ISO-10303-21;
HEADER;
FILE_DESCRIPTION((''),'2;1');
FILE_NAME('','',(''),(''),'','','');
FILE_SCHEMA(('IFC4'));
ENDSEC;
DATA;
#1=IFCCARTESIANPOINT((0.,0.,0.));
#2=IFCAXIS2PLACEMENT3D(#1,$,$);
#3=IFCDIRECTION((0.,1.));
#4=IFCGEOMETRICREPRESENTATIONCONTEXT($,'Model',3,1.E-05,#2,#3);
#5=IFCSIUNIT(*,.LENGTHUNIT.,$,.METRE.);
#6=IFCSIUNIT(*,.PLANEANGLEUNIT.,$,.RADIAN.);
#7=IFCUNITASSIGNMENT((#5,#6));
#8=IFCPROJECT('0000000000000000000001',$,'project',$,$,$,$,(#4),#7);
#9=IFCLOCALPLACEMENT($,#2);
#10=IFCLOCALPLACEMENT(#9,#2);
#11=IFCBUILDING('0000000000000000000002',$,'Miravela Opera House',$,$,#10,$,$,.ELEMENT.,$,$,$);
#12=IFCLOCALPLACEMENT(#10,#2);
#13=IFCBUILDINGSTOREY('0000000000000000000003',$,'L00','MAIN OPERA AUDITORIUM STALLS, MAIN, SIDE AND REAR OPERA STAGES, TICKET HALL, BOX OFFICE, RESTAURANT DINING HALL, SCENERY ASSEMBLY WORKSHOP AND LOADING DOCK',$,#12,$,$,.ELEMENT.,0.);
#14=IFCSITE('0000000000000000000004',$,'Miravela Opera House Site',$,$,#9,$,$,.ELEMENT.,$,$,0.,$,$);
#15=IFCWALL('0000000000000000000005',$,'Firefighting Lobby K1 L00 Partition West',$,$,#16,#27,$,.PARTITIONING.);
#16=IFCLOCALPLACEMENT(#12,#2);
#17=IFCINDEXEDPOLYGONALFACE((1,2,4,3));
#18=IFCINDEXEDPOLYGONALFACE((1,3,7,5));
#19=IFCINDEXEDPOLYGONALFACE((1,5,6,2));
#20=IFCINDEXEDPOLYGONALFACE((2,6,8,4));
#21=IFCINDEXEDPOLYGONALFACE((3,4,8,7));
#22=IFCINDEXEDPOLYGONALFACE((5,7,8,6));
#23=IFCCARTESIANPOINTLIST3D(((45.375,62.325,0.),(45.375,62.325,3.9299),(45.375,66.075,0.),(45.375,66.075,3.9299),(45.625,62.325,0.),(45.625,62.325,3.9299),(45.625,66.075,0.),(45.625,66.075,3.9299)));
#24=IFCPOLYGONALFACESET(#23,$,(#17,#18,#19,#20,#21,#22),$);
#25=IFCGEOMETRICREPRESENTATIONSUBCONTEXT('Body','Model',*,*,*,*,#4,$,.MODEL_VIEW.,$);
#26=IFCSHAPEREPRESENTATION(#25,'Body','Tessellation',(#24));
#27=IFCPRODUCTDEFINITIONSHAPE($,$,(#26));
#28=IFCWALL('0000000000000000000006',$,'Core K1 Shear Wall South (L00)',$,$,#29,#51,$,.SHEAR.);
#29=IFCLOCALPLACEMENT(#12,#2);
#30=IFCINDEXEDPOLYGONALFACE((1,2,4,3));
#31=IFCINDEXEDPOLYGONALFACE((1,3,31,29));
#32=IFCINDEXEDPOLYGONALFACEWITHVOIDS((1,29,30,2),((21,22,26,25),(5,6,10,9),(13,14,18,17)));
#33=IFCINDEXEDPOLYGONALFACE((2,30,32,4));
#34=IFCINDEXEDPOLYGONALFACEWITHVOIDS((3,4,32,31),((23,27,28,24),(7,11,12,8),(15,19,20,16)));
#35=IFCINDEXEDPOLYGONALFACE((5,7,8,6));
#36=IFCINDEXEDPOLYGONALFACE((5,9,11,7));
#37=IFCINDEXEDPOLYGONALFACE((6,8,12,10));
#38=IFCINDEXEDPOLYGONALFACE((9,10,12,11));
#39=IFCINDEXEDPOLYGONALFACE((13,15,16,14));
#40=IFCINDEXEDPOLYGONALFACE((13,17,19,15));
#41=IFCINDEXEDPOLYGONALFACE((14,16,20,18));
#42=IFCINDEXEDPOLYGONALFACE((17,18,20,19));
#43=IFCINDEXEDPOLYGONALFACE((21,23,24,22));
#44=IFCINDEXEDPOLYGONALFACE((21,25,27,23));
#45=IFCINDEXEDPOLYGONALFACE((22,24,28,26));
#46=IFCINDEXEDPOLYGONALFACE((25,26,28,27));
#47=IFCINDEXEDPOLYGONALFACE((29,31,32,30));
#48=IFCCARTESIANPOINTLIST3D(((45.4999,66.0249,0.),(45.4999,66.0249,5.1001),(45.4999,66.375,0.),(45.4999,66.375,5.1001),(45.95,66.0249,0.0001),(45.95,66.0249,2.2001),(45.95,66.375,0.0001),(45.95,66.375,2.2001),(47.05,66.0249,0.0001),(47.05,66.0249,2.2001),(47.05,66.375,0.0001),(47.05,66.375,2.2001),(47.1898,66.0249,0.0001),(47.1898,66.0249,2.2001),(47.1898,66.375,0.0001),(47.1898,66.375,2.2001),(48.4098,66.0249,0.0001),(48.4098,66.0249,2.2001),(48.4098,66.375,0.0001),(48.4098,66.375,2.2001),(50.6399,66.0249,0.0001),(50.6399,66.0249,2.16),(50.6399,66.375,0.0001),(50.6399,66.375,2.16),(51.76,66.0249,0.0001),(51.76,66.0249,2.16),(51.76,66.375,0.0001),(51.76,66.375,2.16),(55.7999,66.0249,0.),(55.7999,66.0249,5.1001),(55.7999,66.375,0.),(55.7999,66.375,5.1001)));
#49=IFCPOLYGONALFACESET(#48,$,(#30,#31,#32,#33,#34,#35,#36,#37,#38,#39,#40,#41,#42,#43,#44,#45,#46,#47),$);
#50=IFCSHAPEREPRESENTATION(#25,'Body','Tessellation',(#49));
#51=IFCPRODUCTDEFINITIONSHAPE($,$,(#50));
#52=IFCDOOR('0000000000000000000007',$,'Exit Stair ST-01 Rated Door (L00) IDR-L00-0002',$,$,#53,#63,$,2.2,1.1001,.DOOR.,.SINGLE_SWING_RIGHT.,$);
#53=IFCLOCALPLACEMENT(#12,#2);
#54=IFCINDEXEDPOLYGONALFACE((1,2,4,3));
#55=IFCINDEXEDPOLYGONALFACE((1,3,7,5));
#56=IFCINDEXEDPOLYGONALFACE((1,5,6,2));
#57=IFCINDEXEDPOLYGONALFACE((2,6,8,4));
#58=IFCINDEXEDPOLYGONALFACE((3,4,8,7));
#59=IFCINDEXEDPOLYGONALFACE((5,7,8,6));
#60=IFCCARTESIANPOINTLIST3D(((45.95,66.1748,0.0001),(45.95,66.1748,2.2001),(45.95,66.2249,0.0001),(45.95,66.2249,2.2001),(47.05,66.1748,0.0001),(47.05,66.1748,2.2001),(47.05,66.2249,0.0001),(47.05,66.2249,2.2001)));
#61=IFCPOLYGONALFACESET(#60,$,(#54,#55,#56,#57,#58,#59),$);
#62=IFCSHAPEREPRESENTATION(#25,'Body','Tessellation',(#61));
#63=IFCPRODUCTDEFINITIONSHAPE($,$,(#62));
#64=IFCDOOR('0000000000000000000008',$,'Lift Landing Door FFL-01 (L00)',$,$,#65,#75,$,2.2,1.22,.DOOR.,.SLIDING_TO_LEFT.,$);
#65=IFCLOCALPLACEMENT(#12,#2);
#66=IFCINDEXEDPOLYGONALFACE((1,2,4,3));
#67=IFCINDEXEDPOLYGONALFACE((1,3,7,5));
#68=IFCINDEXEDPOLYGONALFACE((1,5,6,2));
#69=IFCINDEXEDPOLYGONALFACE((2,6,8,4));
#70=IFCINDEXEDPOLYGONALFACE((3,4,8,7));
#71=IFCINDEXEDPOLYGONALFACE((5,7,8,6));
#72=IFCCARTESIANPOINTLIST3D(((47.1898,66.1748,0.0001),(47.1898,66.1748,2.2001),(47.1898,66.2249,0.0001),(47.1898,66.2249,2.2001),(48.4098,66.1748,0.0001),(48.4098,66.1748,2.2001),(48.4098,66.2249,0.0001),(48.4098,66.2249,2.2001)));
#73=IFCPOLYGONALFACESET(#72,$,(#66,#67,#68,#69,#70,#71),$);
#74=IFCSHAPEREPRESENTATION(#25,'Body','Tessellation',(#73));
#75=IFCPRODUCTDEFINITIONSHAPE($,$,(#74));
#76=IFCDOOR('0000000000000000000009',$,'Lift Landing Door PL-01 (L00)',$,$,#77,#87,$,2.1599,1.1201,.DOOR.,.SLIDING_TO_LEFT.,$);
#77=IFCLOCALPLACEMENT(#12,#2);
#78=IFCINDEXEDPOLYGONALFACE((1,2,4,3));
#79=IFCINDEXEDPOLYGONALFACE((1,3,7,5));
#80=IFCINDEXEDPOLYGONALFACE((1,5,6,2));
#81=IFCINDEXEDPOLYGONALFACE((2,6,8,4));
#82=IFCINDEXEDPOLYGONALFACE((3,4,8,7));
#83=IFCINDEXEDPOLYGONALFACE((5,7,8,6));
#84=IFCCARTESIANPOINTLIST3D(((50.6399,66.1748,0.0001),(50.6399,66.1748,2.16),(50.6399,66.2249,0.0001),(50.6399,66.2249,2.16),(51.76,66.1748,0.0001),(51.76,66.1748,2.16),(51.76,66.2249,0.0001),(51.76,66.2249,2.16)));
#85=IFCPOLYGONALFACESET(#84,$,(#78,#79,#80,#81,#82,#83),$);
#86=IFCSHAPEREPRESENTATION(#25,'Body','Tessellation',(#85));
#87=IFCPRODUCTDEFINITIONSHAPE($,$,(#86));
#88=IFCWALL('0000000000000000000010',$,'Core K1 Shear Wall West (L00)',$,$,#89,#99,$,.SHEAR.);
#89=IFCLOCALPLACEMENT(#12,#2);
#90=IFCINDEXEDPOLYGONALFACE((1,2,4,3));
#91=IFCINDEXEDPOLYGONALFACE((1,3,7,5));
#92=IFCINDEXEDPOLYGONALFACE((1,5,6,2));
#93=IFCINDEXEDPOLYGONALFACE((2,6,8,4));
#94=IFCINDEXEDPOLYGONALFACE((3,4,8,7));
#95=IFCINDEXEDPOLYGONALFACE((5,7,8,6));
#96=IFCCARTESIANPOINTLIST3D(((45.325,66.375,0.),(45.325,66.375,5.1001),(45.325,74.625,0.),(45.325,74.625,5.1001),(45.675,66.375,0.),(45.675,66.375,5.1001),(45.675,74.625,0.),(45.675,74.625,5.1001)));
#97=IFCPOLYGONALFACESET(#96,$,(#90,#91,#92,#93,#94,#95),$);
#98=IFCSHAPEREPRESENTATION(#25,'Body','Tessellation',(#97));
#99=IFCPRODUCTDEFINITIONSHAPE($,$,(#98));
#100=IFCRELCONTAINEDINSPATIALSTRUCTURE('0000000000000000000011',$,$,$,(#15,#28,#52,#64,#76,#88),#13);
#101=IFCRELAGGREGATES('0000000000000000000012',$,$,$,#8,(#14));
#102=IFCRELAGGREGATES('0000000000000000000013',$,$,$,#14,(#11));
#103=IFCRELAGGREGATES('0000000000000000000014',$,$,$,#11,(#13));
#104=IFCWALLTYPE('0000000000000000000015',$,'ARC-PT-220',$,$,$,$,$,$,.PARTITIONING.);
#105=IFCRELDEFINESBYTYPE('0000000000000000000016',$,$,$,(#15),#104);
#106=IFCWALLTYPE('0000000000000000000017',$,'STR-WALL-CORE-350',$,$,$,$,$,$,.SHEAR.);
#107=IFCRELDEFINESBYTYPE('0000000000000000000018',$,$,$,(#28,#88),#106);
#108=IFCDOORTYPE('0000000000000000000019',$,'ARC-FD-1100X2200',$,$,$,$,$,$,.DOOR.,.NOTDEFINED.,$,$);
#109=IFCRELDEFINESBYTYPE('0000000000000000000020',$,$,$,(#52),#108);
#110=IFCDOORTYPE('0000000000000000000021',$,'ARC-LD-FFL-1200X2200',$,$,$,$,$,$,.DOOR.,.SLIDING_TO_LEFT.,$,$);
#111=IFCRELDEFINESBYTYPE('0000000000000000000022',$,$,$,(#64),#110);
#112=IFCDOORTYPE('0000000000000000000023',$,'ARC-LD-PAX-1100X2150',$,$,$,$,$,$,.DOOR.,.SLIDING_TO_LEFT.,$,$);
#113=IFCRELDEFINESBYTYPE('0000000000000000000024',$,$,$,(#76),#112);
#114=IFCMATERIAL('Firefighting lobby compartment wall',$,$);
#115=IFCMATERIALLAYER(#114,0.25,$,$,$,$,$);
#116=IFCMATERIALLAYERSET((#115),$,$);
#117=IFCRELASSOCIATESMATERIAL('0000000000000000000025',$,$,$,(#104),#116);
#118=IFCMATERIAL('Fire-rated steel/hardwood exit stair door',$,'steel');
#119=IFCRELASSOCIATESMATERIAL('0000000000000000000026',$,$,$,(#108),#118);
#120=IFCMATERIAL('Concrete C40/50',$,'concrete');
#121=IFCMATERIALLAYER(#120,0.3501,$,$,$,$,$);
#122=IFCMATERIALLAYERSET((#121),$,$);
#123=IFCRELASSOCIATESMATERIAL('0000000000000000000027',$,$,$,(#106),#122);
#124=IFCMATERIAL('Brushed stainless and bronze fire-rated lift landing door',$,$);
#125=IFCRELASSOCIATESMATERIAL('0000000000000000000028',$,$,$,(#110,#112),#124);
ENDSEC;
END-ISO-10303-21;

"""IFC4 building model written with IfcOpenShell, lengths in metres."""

from ifc_helpers import new_model, si_unit, direction, frame, frame_2d, origin, place, context, subcontext, project, spatial, rectangle, extrude, material, layer, layer_set, type_object, element, fill, save


model = new_model("IFC4")

# Units and contexts
model_context = context("Model", 3, precision=1e-05, world=origin(), true_north=direction((0.0, 1.0)))
body_context = subcontext(model_context, "Body", "Model", "MODEL_VIEW")
ifc_project = project(units=[si_unit("LENGTHUNIT", "METRE"), si_unit("PLANEANGLEUNIT", "RADIAN")], contexts=[model_context])

# Site, building, storey
site_placement = place(None, origin())
site = spatial("IfcSite", under=ifc_project, at=site_placement, Name="Miravela Opera House Site", CompositionType="ELEMENT", RefElevation=0.0)
building_placement = place(site_placement, origin())
building = spatial("IfcBuilding", under=site, at=building_placement, Name="Miravela Opera House", CompositionType="ELEMENT")
storey_placement = place(building_placement, origin())
storey = spatial("IfcBuildingStorey", under=building, at=storey_placement, Name="L00", Description="MAIN OPERA AUDITORIUM STALLS, MAIN, SIDE AND REAR OPERA STAGES, TICKET HALL, BOX OFFICE, RESTAURANT DINING HALL, SCENERY ASSEMBLY WORKSHOP AND LOADING DOCK", CompositionType="ELEMENT", Elevation=0.0)

# Shared definitions
ifc_material_1 = material(Name="Concrete C40/50", Category="concrete")

# Shared definitions
ifc_material_2 = material(Name="Firefighting lobby compartment wall")
ifc_layer_1 = layer(ifc_material_2, 0.25)
ifc_layer_set_1 = layer_set([ifc_layer_1])
wall_type_1 = type_object("IfcWallType", Name="ARC-PT-220", PredefinedType="PARTITIONING", material=ifc_layer_set_1)
ifc_material_3 = material(Name="Fire-rated steel/hardwood exit stair door", Category="steel")
door_type_1 = type_object("IfcDoorType", Name="ARC-FD-1100X2200", OperationType="NOTDEFINED", PredefinedType="DOOR", material=ifc_material_3)

# Wall
wall_1_placement = place(storey_placement, frame((45.5, 62.325, 0.0), z_axis=(0.0, 0.0, 1.0), x_axis=(0.0, 1.0, 0.0)))
element("IfcWall", 1, at=wall_1_placement, inside=storey, type_object=wall_type_1, Name="Firefighting Lobby K1 L00 Partition West", PredefinedType="PARTITIONING", context=body_context, shape_type="SweptSolid", body=[
    extrude(rectangle(XDim=3.75, YDim=0.25, at=frame_2d((1.875, 0.0))), origin(), (0.0, 0.0, 1.0), 3.9299),
])

# Wall, openings, doors
ifc_layer_2 = layer(ifc_material_1, 0.3501)
ifc_layer_set_2 = layer_set([ifc_layer_2])
wall_type_2 = type_object("IfcWallType", Name="STR-WALL-CORE-350", PredefinedType="SHEAR", material=ifc_layer_set_2)
wall_2_placement = place(storey_placement, frame((45.5, 66.2, 0.0), z_axis=(0.0, 0.0, 1.0), x_axis=(1.0, 0.0, 0.0)))
wall_2 = element("IfcWall", 2, at=wall_2_placement, inside=storey, type_object=wall_type_2, Name="Core K1 Shear Wall South (L00)", PredefinedType="SHEAR", context=body_context, shape_type="SweptSolid", body=[
    extrude(rectangle(XDim=10.3, YDim=0.3501, at=frame_2d((5.1499, 0.0))), origin(), (0.0, 0.0, 1.0), 5.1001),
])
opening_1_placement = place(wall_2_placement, frame((0.45, 0.0, 0.0)))
opening_1 = element("IfcOpeningElement", 3, at=opening_1_placement, cuts=wall_2, PredefinedType="OPENING", context=body_context, shape_type="SweptSolid", body=[
    extrude(rectangle(XDim=1.1001, YDim=2.2, at=frame_2d((0.55, 1.1001))), frame((0.0, 0.1851, 0.0), z_axis=(0.0, -1.0, 0.0), x_axis=(1.0, 0.0, 0.0)), (0.0, 0.0, 1.0), 0.3701),
])
opening_2_placement = place(wall_2_placement, frame((1.6899, 0.0, 0.0)))
opening_2 = element("IfcOpeningElement", 4, at=opening_2_placement, cuts=wall_2, PredefinedType="OPENING", context=body_context, shape_type="SweptSolid", body=[
    extrude(rectangle(XDim=1.22, YDim=2.2, at=frame_2d((0.6099, 1.1001))), frame((0.0, 0.1851, 0.0), z_axis=(0.0, -1.0, 0.0), x_axis=(1.0, 0.0, 0.0)), (0.0, 0.0, 1.0), 0.3701),
])
opening_3_placement = place(wall_2_placement, frame((5.1399, 0.0, 0.0)))
opening_3 = element("IfcOpeningElement", 5, at=opening_3_placement, cuts=wall_2, PredefinedType="OPENING", context=body_context, shape_type="SweptSolid", body=[
    extrude(rectangle(XDim=1.1201, YDim=2.1599, at=frame_2d((0.5601, 1.0801))), frame((0.0, 0.1851, 0.0), z_axis=(0.0, -1.0, 0.0), x_axis=(1.0, 0.0, 0.0)), (0.0, 0.0, 1.0), 0.3701),
])
door_1_placement = place(opening_1_placement, origin())
door_1 = element("IfcDoor", 6, at=door_1_placement, inside=storey, type_object=door_type_1, Name="Exit Stair ST-01 Rated Door (L00) IDR-L00-0002", OperationType="SINGLE_SWING_RIGHT", OverallHeight=2.2, OverallWidth=1.1001, PredefinedType="DOOR", context=body_context, shape_type="SweptSolid", body=[
    extrude(rectangle(XDim=1.1001, YDim=2.2, at=frame_2d((0.55, 1.1001))), frame((0.0, 0.0249, 0.0), z_axis=(0.0, -1.0, 0.0), x_axis=(1.0, 0.0, 0.0)), (0.0, 0.0, 1.0), 0.05),
])
fill(opening_1, door_1)
ifc_material_4 = material(Name="Brushed stainless and bronze fire-rated lift landing door")
door_type_2 = type_object("IfcDoorType", Name="ARC-LD-FFL-1200X2200", OperationType="SLIDING_TO_LEFT", PredefinedType="DOOR", material=ifc_material_4)
door_2_placement = place(opening_2_placement, origin())
door_2 = element("IfcDoor", 7, at=door_2_placement, inside=storey, type_object=door_type_2, Name="Lift Landing Door FFL-01 (L00)", OperationType="SLIDING_TO_LEFT", OverallHeight=2.2, OverallWidth=1.22, PredefinedType="DOOR", context=body_context, shape_type="SweptSolid", body=[
    extrude(rectangle(XDim=1.22, YDim=2.2, at=frame_2d((0.6099, 1.1001))), frame((0.0, 0.0249, 0.0), z_axis=(0.0, -1.0, 0.0), x_axis=(1.0, 0.0, 0.0)), (0.0, 0.0, 1.0), 0.05),
])
fill(opening_2, door_2)
door_type_3 = type_object("IfcDoorType", Name="ARC-LD-PAX-1100X2150", OperationType="SLIDING_TO_LEFT", PredefinedType="DOOR", material=ifc_material_4)
door_3_placement = place(opening_3_placement, origin())
door_3 = element("IfcDoor", 8, at=door_3_placement, inside=storey, type_object=door_type_3, Name="Lift Landing Door PL-01 (L00)", OperationType="SLIDING_TO_LEFT", OverallHeight=2.1599, OverallWidth=1.1201, PredefinedType="DOOR", context=body_context, shape_type="SweptSolid", body=[
    extrude(rectangle(XDim=1.1201, YDim=2.1599, at=frame_2d((0.5601, 1.0801))), frame((0.0, 0.0249, 0.0), z_axis=(0.0, -1.0, 0.0), x_axis=(1.0, 0.0, 0.0)), (0.0, 0.0, 1.0), 0.05),
])
fill(opening_3, door_3)

# Wall
wall_3_placement = place(storey_placement, frame((45.5, 66.375, 0.0), z_axis=(0.0, 0.0, 1.0), x_axis=(0.0, 1.0, 0.0)))
element("IfcWall", 9, at=wall_3_placement, inside=storey, type_object=wall_type_2, Name="Core K1 Shear Wall West (L00)", PredefinedType="SHEAR", context=body_context, shape_type="SweptSolid", body=[
    extrude(rectangle(XDim=8.25, YDim=0.3501, at=frame_2d((4.125, 0.0))), origin(), (0.0, 0.0, 1.0), 5.1001),
])

save(model, "model.ifc")
